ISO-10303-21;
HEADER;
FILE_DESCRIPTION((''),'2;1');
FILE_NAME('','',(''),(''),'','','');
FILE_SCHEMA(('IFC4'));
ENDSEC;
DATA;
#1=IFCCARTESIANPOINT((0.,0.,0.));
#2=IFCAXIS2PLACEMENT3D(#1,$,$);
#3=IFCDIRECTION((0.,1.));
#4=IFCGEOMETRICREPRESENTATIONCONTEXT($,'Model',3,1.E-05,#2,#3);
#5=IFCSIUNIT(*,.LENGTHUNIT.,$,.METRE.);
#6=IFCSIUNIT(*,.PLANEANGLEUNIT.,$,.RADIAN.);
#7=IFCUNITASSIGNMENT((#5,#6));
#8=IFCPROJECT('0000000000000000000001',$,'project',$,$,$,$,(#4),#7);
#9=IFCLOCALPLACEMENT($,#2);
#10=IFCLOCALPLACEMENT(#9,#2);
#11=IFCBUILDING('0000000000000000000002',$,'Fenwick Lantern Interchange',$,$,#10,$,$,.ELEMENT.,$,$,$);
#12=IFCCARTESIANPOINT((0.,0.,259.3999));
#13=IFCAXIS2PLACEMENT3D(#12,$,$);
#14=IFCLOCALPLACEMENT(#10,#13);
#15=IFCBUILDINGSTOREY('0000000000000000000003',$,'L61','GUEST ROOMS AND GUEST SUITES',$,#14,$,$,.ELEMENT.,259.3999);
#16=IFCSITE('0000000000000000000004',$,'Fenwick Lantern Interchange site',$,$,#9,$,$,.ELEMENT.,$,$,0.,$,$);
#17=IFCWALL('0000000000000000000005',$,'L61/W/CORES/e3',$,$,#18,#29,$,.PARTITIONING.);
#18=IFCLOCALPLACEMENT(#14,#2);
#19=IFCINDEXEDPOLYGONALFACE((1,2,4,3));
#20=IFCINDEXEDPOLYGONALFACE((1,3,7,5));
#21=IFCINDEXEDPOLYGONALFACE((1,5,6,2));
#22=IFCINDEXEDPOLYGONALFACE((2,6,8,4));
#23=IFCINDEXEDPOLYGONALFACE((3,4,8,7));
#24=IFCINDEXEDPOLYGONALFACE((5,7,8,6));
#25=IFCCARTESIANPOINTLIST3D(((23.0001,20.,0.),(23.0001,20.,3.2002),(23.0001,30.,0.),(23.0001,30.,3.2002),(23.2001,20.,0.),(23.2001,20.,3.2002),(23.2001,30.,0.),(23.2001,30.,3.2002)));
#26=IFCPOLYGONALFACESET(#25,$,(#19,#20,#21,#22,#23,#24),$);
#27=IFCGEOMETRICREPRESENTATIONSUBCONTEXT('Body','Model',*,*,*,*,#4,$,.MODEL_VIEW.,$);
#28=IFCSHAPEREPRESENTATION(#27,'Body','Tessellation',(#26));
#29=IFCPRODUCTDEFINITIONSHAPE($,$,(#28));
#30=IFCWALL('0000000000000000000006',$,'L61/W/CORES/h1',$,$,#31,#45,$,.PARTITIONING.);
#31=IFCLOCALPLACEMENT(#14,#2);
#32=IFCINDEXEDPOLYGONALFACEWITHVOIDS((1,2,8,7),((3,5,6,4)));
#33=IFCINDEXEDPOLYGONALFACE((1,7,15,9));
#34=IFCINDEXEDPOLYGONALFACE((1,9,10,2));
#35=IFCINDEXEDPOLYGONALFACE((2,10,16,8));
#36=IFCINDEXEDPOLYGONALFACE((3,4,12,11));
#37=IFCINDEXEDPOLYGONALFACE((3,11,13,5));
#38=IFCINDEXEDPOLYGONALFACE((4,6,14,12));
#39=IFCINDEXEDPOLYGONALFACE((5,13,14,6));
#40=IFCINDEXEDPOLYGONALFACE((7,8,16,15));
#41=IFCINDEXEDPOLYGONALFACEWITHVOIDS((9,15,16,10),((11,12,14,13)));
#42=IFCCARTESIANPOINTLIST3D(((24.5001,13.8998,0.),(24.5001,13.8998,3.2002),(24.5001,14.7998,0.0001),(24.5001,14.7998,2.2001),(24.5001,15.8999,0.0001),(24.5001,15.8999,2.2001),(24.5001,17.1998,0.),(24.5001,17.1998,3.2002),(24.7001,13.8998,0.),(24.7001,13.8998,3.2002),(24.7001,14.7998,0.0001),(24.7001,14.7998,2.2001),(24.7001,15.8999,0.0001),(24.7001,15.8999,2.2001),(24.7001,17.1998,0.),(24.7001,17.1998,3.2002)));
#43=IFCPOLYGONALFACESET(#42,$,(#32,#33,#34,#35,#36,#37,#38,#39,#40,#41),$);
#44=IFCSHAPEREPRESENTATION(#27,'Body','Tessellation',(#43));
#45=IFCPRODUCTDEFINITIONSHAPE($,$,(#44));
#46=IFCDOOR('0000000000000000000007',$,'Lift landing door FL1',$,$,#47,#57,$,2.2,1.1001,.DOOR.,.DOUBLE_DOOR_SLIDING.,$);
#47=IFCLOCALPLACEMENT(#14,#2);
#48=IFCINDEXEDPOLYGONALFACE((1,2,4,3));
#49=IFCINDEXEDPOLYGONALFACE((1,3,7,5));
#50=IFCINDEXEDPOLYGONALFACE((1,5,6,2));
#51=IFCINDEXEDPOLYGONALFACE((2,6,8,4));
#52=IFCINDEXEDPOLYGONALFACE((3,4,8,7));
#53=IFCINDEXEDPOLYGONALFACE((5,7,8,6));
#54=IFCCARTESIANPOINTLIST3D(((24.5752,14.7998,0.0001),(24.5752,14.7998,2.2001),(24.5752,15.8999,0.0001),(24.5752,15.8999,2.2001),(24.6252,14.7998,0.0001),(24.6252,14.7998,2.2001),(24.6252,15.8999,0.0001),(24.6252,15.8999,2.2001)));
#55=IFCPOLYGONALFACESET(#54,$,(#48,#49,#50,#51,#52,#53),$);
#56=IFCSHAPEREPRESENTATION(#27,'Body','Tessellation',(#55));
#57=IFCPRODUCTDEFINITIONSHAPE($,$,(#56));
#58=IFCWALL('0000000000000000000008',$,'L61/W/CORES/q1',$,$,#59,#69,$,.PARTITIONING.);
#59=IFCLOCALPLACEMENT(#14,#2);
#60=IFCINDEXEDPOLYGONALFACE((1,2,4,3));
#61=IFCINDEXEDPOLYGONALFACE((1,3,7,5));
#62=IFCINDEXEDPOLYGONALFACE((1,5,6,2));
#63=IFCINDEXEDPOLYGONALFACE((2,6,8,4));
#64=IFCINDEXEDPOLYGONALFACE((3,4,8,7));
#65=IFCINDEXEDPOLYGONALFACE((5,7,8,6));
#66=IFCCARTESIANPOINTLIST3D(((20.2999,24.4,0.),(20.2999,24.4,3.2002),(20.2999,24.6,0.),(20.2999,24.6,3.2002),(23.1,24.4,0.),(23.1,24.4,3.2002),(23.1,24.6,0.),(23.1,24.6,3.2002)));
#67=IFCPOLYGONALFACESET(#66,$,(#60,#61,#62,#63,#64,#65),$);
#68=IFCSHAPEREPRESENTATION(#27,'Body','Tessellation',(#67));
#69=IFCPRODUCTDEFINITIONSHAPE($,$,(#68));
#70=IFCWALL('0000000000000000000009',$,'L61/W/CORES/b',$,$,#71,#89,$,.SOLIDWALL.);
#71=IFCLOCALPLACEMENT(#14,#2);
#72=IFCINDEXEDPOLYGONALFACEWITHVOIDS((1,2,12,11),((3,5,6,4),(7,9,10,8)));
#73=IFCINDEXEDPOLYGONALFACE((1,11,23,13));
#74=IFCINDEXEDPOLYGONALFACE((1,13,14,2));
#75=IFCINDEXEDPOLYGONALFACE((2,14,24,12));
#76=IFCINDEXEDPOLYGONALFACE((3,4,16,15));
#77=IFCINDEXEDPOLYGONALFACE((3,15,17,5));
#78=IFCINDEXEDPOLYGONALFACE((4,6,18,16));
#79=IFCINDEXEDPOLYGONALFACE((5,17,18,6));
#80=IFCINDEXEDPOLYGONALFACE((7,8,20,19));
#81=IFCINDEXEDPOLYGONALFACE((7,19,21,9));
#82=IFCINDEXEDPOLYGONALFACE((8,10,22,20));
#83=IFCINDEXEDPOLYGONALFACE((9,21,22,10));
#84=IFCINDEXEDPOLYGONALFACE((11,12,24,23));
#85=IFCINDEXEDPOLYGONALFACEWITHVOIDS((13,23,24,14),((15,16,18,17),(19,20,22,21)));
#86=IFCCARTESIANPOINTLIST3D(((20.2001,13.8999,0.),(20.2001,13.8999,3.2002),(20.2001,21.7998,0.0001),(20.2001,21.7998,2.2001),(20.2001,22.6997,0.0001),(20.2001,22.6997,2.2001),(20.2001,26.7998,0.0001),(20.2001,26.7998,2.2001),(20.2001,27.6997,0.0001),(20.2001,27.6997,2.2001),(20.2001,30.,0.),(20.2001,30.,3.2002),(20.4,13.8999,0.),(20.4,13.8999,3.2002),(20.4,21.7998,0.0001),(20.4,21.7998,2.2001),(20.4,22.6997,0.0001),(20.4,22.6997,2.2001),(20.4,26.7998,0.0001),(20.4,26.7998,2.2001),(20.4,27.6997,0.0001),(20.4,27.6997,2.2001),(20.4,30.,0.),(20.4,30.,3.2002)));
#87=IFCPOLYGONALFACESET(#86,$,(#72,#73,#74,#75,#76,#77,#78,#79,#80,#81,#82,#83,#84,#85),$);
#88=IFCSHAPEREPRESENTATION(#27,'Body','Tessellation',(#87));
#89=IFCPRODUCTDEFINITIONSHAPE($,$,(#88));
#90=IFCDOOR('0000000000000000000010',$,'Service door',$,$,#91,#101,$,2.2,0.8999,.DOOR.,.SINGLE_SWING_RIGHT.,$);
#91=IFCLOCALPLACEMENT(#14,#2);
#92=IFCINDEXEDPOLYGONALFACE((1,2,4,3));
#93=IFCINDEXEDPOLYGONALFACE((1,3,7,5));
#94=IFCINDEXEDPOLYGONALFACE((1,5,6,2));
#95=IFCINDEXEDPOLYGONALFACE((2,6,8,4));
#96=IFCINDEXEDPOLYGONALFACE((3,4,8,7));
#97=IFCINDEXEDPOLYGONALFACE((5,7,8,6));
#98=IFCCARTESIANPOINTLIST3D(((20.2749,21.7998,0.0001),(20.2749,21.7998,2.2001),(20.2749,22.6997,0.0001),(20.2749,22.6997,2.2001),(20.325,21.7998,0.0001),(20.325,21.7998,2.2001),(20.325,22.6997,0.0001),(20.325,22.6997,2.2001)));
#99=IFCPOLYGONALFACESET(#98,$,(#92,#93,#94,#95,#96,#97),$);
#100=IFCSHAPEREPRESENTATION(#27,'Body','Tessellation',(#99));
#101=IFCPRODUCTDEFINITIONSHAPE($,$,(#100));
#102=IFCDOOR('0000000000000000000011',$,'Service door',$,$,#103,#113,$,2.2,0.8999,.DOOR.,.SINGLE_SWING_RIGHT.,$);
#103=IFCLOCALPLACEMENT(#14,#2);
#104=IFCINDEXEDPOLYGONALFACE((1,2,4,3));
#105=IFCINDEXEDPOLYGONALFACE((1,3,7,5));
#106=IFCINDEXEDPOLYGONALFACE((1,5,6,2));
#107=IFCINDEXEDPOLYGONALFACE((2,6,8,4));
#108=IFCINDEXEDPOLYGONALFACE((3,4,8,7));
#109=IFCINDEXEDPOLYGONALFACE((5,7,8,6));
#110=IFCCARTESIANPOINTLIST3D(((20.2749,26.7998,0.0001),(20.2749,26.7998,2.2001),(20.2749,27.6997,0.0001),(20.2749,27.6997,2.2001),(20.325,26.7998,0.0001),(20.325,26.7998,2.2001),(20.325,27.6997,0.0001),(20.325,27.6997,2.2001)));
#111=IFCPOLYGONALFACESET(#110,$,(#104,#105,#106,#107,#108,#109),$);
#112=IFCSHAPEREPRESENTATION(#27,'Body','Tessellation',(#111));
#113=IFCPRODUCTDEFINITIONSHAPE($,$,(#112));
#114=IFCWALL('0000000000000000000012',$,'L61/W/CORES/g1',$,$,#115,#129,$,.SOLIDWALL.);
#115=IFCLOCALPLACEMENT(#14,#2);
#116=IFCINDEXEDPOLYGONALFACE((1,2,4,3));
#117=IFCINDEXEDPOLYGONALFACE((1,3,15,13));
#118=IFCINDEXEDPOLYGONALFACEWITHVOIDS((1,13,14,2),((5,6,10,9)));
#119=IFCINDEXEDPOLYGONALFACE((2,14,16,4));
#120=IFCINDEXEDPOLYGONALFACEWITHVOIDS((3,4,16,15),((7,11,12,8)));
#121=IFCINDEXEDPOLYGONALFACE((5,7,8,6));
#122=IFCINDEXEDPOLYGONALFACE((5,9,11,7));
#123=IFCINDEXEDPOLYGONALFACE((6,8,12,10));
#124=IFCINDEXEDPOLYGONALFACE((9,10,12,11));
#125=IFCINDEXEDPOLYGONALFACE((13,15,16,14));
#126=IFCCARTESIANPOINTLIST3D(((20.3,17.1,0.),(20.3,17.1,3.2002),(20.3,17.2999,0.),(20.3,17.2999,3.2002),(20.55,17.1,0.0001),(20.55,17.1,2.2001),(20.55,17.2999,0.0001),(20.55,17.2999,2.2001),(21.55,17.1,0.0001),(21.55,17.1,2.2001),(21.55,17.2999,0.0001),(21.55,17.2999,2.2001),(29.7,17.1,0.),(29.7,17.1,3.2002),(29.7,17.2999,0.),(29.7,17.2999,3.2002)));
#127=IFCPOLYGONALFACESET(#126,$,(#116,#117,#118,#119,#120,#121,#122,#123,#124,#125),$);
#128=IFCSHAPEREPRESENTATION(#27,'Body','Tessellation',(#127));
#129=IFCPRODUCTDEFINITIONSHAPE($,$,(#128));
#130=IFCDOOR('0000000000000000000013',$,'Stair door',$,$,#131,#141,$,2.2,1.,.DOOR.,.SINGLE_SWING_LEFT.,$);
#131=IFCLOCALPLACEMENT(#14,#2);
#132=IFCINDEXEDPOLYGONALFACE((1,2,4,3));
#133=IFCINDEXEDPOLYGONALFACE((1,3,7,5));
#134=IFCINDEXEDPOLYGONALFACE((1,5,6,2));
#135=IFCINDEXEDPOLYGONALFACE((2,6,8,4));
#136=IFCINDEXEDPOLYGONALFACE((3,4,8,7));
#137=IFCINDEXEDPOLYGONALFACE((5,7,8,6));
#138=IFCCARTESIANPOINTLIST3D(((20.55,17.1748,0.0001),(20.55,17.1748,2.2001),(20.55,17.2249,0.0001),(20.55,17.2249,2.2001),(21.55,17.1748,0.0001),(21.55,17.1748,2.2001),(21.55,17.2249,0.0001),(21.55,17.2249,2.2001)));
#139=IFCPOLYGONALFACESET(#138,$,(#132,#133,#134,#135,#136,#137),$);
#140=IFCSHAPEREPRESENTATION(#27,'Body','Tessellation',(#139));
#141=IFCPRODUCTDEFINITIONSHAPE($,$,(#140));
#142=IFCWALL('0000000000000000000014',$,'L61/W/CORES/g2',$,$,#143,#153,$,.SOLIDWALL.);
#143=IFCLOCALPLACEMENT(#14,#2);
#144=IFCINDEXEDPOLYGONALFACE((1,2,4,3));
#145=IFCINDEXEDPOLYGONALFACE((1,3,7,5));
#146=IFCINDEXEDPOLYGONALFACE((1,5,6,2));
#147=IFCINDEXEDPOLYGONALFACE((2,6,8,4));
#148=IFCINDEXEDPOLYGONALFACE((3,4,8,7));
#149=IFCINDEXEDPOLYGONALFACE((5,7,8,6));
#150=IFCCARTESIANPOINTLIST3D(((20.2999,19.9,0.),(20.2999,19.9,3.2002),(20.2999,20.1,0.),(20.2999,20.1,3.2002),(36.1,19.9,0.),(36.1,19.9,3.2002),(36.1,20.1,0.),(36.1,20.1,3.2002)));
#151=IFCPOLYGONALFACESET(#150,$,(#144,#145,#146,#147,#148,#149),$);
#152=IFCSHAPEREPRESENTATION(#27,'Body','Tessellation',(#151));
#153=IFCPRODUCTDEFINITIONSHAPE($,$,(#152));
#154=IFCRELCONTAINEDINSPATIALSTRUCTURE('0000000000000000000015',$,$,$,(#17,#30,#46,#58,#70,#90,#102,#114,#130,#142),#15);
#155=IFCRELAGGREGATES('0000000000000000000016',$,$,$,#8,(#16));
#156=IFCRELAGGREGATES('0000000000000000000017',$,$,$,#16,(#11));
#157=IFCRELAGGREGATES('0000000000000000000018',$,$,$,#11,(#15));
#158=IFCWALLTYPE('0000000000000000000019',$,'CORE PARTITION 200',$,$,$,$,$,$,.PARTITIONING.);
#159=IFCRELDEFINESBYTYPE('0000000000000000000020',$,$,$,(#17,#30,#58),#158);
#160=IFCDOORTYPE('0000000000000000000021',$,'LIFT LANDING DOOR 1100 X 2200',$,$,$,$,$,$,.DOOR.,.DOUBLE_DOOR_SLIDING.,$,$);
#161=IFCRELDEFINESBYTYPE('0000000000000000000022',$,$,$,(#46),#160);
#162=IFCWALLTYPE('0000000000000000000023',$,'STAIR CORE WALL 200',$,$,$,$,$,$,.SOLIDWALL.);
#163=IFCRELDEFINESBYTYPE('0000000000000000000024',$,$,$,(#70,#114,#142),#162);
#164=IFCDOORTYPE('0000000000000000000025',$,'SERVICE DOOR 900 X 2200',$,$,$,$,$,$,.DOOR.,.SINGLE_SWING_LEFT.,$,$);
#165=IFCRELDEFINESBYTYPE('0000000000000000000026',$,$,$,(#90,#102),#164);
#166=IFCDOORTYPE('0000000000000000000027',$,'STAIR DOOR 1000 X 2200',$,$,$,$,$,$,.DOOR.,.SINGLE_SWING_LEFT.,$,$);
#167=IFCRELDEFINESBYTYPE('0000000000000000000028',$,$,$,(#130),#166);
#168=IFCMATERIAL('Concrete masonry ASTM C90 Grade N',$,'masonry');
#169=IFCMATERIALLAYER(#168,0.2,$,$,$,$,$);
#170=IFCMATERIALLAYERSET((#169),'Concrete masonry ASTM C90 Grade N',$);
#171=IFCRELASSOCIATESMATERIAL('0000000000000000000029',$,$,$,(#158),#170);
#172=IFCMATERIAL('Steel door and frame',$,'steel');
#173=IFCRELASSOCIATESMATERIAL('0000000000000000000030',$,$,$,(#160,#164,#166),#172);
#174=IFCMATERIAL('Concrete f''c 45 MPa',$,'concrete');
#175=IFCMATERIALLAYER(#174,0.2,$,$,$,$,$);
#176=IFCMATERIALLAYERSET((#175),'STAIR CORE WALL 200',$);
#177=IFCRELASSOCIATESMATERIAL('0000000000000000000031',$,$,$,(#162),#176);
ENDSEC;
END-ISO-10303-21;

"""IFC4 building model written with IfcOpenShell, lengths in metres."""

from ifc_helpers import new_model, si_unit, direction, frame, frame_2d, origin, place, context, subcontext, project, spatial, rectangle, extrude, material, layer, layer_set, type_object, element, fill, save


model = new_model("IFC4")

# Units and contexts
model_context = context("Model", 3, precision=1e-05, world=origin(), true_north=direction((0.0, 1.0)))
body_context = subcontext(model_context, "Body", "Model", "MODEL_VIEW")
ifc_project = project(units=[si_unit("LENGTHUNIT", "METRE"), si_unit("PLANEANGLEUNIT", "RADIAN")], contexts=[model_context])

# Site, building, storey
site_placement = place(None, origin())
site = spatial("IfcSite", under=ifc_project, at=site_placement, Name="Fenwick Lantern Interchange site", CompositionType="ELEMENT", RefElevation=0.0)
building_placement = place(site_placement, origin())
building = spatial("IfcBuilding", under=site, at=building_placement, Name="Fenwick Lantern Interchange", CompositionType="ELEMENT")
storey_placement = place(building_placement, frame((0.0, 0.0, 259.3999)))
storey = spatial("IfcBuildingStorey", under=building, at=storey_placement, Name="L61", Description="GUEST ROOMS AND GUEST SUITES", CompositionType="ELEMENT", Elevation=259.3999)

# Wall
ifc_material_1 = material(Name="Concrete masonry ASTM C90 Grade N", Category="masonry")
ifc_layer_1 = layer(ifc_material_1, 0.2)
ifc_layer_set_1 = layer_set([ifc_layer_1], Name="Concrete masonry ASTM C90 Grade N")
wall_type_1 = type_object("IfcWallType", Name="CORE PARTITION 200", PredefinedType="PARTITIONING", material=ifc_layer_set_1)
wall_1_placement = place(storey_placement, frame((23.1001, 20.0, 0.0), z_axis=(0.0, 0.0, 1.0), x_axis=(0.0, 1.0, 0.0)))
element("IfcWall", 1, at=wall_1_placement, inside=storey, type_object=wall_type_1, Name="L61/W/CORES/e3", PredefinedType="PARTITIONING", context=body_context, shape_type="SweptSolid", body=[
    extrude(rectangle(XDim=10.0, YDim=0.2, at=frame_2d((5.0, 0.0))), origin(), (0.0, 0.0, 1.0), 3.2002),
])

# Wall, opening, door
wall_2_placement = place(storey_placement, frame((24.6001, 13.8999, 0.0), z_axis=(0.0, 0.0, 1.0), x_axis=(0.0, 1.0, 0.0)))
wall_2 = element("IfcWall", 2, at=wall_2_placement, inside=storey, type_object=wall_type_1, Name="L61/W/CORES/h1", PredefinedType="PARTITIONING", context=body_context, shape_type="SweptSolid", body=[
    extrude(rectangle(XDim=3.3, YDim=0.2, at=frame_2d((1.6499, 0.0))), origin(), (0.0, 0.0, 1.0), 3.2002),
])
opening_1_placement = place(wall_2_placement, frame((0.8999, 0.0, 0.0)))
opening_1 = element("IfcOpeningElement", 3, at=opening_1_placement, cuts=wall_2, PredefinedType="OPENING", context=body_context, shape_type="SweptSolid", body=[
    extrude(rectangle(XDim=1.1001, YDim=2.2, at=frame_2d((0.55, 1.1001))), frame((0.0, 0.1099, 0.0), z_axis=(0.0, -1.0, 0.0), x_axis=(1.0, 0.0, 0.0)), (0.0, 0.0, 1.0), 0.22),
])
ifc_material_2 = material(Name="Steel door and frame", Category="steel")
door_type_1 = type_object("IfcDoorType", Name="LIFT LANDING DOOR 1100 X 2200", OperationType="DOUBLE_DOOR_SLIDING", PredefinedType="DOOR", material=ifc_material_2)
door_1_placement = place(opening_1_placement, origin())
door_1 = element("IfcDoor", 4, at=door_1_placement, inside=storey, type_object=door_type_1, Name="Lift landing door FL1", OperationType="DOUBLE_DOOR_SLIDING", OverallHeight=2.2, OverallWidth=1.1001, PredefinedType="DOOR", context=body_context, shape_type="SweptSolid", body=[
    extrude(rectangle(XDim=1.1001, YDim=2.2, at=frame_2d((0.55, 1.1001))), frame((0.0, 0.0249, 0.0), z_axis=(0.0, -1.0, 0.0), x_axis=(1.0, 0.0, 0.0)), (0.0, 0.0, 1.0), 0.05),
])
fill(opening_1, door_1)

# Wall
wall_3_placement = place(storey_placement, frame((20.3, 24.5, 0.0), z_axis=(0.0, 0.0, 1.0), x_axis=(1.0, 0.0, 0.0)))
element("IfcWall", 5, at=wall_3_placement, inside=storey, type_object=wall_type_1, Name="L61/W/CORES/q1", PredefinedType="PARTITIONING", context=body_context, shape_type="SweptSolid", body=[
    extrude(rectangle(XDim=2.8, YDim=0.2, at=frame_2d((1.3999, 0.0))), origin(), (0.0, 0.0, 1.0), 3.2002),
])

# Wall, openings, doors
ifc_material_3 = material(Name="Concrete f'c 45 MPa", Category="concrete")
ifc_layer_2 = layer(ifc_material_3, 0.2)
ifc_layer_set_2 = layer_set([ifc_layer_2], Name="STAIR CORE WALL 200")
wall_type_2 = type_object("IfcWallType", Name="STAIR CORE WALL 200", PredefinedType="SOLIDWALL", material=ifc_layer_set_2)
wall_4_placement = place(storey_placement, frame((20.3, 13.8999, 0.0), z_axis=(0.0, 0.0, 1.0), x_axis=(0.0, 1.0, 0.0)))
wall_4 = element("IfcWall", 6, at=wall_4_placement, inside=storey, type_object=wall_type_2, Name="L61/W/CORES/b", PredefinedType="SOLIDWALL", context=body_context, shape_type="SweptSolid", body=[
    extrude(rectangle(XDim=16.1001, YDim=0.2, at=frame_2d((8.05, 0.0))), origin(), (0.0, 0.0, 1.0), 3.2002),
])
opening_2_placement = place(wall_4_placement, frame((7.8999, 0.0, 0.0)))
opening_2 = element("IfcOpeningElement", 7, at=opening_2_placement, cuts=wall_4, PredefinedType="OPENING", context=body_context, shape_type="SweptSolid", body=[
    extrude(rectangle(XDim=0.8999, YDim=2.2, at=frame_2d((0.45, 1.1001))), frame((0.0, 0.1099, 0.0), z_axis=(0.0, -1.0, 0.0), x_axis=(1.0, 0.0, 0.0)), (0.0, 0.0, 1.0), 0.22),
])
opening_3_placement = place(wall_4_placement, frame((12.8999, 0.0, 0.0)))
opening_3 = element("IfcOpeningElement", 8, at=opening_3_placement, cuts=wall_4, PredefinedType="OPENING", context=body_context, shape_type="SweptSolid", body=[
    extrude(rectangle(XDim=0.8999, YDim=2.2, at=frame_2d((0.45, 1.1001))), frame((0.0, 0.1099, 0.0), z_axis=(0.0, -1.0, 0.0), x_axis=(1.0, 0.0, 0.0)), (0.0, 0.0, 1.0), 0.22),
])
door_type_2 = type_object("IfcDoorType", Name="SERVICE DOOR 900 X 2200", OperationType="SINGLE_SWING_LEFT", PredefinedType="DOOR", material=ifc_material_2)
door_2_placement = place(opening_2_placement, frame((0.8999, 0.0, 0.0), z_axis=(0.0, 0.0, 1.0), x_axis=(-1.0, 0.0, 0.0)))
door_2 = element("IfcDoor", 9, at=door_2_placement, inside=storey, type_object=door_type_2, Name="Service door", OperationType="SINGLE_SWING_RIGHT", OverallHeight=2.2, OverallWidth=0.8999, PredefinedType="DOOR", context=body_context, shape_type="SweptSolid", body=[
    extrude(rectangle(XDim=0.8999, YDim=2.2, at=frame_2d((0.45, 1.1001))), frame((0.0, 0.0249, 0.0), z_axis=(0.0, -1.0, 0.0), x_axis=(1.0, 0.0, 0.0)), (0.0, 0.0, 1.0), 0.05),
])
fill(opening_2, door_2)
door_3_placement = place(opening_3_placement, frame((0.8999, 0.0, 0.0), z_axis=(0.0, 0.0, 1.0), x_axis=(-1.0, 0.0, 0.0)))
door_3 = element("IfcDoor", 10, at=door_3_placement, inside=storey, type_object=door_type_2, Name="Service door", OperationType="SINGLE_SWING_RIGHT", OverallHeight=2.2, OverallWidth=0.8999, PredefinedType="DOOR", context=body_context, shape_type="SweptSolid", body=[
    extrude(rectangle(XDim=0.8999, YDim=2.2, at=frame_2d((0.45, 1.1001))), frame((0.0, 0.0249, 0.0), z_axis=(0.0, -1.0, 0.0), x_axis=(1.0, 0.0, 0.0)), (0.0, 0.0, 1.0), 0.05),
])
fill(opening_3, door_3)

# Wall, opening, door
wall_5_placement = place(storey_placement, frame((20.3, 17.2, 0.0), z_axis=(0.0, 0.0, 1.0), x_axis=(1.0, 0.0, 0.0)))
wall_5 = element("IfcWall", 11, at=wall_5_placement, inside=storey, type_object=wall_type_2, Name="L61/W/CORES/g1", PredefinedType="SOLIDWALL", context=body_context, shape_type="SweptSolid", body=[
    extrude(rectangle(XDim=9.3999, YDim=0.2, at=frame_2d((4.7, 0.0))), origin(), (0.0, 0.0, 1.0), 3.2002),
])
opening_4_placement = place(wall_5_placement, frame((0.25, 0.0, 0.0)))
opening_4 = element("IfcOpeningElement", 12, at=opening_4_placement, cuts=wall_5, PredefinedType="OPENING", context=body_context, shape_type="SweptSolid", body=[
    extrude(rectangle(XDim=1.0, YDim=2.2, at=frame_2d((0.5, 1.1001))), frame((0.0, 0.1099, 0.0), z_axis=(0.0, -1.0, 0.0), x_axis=(1.0, 0.0, 0.0)), (0.0, 0.0, 1.0), 0.22),
])
door_type_3 = type_object("IfcDoorType", Name="STAIR DOOR 1000 X 2200", OperationType="SINGLE_SWING_LEFT", PredefinedType="DOOR", material=ifc_material_2)
door_4_placement = place(opening_4_placement, origin())
door_4 = element("IfcDoor", 13, at=door_4_placement, inside=storey, type_object=door_type_3, Name="Stair door", OperationType="SINGLE_SWING_LEFT", OverallHeight=2.2, OverallWidth=1.0, PredefinedType="DOOR", context=body_context, shape_type="SweptSolid", body=[
    extrude(rectangle(XDim=1.0, YDim=2.2, at=frame_2d((0.5, 1.1001))), frame((0.0, 0.0249, 0.0), z_axis=(0.0, -1.0, 0.0), x_axis=(1.0, 0.0, 0.0)), (0.0, 0.0, 1.0), 0.05),
])
fill(opening_4, door_4)

# Wall
wall_6_placement = place(storey_placement, frame((20.3, 20.0, 0.0), z_axis=(0.0, 0.0, 1.0), x_axis=(1.0, 0.0, 0.0)))
element("IfcWall", 14, at=wall_6_placement, inside=storey, type_object=wall_type_2, Name="L61/W/CORES/g2", PredefinedType="SOLIDWALL", context=body_context, shape_type="SweptSolid", body=[
    extrude(rectangle(XDim=15.8, YDim=0.2, at=frame_2d((7.8999, 0.0))), origin(), (0.0, 0.0, 1.0), 3.2002),
])

save(model, "model.ifc")
